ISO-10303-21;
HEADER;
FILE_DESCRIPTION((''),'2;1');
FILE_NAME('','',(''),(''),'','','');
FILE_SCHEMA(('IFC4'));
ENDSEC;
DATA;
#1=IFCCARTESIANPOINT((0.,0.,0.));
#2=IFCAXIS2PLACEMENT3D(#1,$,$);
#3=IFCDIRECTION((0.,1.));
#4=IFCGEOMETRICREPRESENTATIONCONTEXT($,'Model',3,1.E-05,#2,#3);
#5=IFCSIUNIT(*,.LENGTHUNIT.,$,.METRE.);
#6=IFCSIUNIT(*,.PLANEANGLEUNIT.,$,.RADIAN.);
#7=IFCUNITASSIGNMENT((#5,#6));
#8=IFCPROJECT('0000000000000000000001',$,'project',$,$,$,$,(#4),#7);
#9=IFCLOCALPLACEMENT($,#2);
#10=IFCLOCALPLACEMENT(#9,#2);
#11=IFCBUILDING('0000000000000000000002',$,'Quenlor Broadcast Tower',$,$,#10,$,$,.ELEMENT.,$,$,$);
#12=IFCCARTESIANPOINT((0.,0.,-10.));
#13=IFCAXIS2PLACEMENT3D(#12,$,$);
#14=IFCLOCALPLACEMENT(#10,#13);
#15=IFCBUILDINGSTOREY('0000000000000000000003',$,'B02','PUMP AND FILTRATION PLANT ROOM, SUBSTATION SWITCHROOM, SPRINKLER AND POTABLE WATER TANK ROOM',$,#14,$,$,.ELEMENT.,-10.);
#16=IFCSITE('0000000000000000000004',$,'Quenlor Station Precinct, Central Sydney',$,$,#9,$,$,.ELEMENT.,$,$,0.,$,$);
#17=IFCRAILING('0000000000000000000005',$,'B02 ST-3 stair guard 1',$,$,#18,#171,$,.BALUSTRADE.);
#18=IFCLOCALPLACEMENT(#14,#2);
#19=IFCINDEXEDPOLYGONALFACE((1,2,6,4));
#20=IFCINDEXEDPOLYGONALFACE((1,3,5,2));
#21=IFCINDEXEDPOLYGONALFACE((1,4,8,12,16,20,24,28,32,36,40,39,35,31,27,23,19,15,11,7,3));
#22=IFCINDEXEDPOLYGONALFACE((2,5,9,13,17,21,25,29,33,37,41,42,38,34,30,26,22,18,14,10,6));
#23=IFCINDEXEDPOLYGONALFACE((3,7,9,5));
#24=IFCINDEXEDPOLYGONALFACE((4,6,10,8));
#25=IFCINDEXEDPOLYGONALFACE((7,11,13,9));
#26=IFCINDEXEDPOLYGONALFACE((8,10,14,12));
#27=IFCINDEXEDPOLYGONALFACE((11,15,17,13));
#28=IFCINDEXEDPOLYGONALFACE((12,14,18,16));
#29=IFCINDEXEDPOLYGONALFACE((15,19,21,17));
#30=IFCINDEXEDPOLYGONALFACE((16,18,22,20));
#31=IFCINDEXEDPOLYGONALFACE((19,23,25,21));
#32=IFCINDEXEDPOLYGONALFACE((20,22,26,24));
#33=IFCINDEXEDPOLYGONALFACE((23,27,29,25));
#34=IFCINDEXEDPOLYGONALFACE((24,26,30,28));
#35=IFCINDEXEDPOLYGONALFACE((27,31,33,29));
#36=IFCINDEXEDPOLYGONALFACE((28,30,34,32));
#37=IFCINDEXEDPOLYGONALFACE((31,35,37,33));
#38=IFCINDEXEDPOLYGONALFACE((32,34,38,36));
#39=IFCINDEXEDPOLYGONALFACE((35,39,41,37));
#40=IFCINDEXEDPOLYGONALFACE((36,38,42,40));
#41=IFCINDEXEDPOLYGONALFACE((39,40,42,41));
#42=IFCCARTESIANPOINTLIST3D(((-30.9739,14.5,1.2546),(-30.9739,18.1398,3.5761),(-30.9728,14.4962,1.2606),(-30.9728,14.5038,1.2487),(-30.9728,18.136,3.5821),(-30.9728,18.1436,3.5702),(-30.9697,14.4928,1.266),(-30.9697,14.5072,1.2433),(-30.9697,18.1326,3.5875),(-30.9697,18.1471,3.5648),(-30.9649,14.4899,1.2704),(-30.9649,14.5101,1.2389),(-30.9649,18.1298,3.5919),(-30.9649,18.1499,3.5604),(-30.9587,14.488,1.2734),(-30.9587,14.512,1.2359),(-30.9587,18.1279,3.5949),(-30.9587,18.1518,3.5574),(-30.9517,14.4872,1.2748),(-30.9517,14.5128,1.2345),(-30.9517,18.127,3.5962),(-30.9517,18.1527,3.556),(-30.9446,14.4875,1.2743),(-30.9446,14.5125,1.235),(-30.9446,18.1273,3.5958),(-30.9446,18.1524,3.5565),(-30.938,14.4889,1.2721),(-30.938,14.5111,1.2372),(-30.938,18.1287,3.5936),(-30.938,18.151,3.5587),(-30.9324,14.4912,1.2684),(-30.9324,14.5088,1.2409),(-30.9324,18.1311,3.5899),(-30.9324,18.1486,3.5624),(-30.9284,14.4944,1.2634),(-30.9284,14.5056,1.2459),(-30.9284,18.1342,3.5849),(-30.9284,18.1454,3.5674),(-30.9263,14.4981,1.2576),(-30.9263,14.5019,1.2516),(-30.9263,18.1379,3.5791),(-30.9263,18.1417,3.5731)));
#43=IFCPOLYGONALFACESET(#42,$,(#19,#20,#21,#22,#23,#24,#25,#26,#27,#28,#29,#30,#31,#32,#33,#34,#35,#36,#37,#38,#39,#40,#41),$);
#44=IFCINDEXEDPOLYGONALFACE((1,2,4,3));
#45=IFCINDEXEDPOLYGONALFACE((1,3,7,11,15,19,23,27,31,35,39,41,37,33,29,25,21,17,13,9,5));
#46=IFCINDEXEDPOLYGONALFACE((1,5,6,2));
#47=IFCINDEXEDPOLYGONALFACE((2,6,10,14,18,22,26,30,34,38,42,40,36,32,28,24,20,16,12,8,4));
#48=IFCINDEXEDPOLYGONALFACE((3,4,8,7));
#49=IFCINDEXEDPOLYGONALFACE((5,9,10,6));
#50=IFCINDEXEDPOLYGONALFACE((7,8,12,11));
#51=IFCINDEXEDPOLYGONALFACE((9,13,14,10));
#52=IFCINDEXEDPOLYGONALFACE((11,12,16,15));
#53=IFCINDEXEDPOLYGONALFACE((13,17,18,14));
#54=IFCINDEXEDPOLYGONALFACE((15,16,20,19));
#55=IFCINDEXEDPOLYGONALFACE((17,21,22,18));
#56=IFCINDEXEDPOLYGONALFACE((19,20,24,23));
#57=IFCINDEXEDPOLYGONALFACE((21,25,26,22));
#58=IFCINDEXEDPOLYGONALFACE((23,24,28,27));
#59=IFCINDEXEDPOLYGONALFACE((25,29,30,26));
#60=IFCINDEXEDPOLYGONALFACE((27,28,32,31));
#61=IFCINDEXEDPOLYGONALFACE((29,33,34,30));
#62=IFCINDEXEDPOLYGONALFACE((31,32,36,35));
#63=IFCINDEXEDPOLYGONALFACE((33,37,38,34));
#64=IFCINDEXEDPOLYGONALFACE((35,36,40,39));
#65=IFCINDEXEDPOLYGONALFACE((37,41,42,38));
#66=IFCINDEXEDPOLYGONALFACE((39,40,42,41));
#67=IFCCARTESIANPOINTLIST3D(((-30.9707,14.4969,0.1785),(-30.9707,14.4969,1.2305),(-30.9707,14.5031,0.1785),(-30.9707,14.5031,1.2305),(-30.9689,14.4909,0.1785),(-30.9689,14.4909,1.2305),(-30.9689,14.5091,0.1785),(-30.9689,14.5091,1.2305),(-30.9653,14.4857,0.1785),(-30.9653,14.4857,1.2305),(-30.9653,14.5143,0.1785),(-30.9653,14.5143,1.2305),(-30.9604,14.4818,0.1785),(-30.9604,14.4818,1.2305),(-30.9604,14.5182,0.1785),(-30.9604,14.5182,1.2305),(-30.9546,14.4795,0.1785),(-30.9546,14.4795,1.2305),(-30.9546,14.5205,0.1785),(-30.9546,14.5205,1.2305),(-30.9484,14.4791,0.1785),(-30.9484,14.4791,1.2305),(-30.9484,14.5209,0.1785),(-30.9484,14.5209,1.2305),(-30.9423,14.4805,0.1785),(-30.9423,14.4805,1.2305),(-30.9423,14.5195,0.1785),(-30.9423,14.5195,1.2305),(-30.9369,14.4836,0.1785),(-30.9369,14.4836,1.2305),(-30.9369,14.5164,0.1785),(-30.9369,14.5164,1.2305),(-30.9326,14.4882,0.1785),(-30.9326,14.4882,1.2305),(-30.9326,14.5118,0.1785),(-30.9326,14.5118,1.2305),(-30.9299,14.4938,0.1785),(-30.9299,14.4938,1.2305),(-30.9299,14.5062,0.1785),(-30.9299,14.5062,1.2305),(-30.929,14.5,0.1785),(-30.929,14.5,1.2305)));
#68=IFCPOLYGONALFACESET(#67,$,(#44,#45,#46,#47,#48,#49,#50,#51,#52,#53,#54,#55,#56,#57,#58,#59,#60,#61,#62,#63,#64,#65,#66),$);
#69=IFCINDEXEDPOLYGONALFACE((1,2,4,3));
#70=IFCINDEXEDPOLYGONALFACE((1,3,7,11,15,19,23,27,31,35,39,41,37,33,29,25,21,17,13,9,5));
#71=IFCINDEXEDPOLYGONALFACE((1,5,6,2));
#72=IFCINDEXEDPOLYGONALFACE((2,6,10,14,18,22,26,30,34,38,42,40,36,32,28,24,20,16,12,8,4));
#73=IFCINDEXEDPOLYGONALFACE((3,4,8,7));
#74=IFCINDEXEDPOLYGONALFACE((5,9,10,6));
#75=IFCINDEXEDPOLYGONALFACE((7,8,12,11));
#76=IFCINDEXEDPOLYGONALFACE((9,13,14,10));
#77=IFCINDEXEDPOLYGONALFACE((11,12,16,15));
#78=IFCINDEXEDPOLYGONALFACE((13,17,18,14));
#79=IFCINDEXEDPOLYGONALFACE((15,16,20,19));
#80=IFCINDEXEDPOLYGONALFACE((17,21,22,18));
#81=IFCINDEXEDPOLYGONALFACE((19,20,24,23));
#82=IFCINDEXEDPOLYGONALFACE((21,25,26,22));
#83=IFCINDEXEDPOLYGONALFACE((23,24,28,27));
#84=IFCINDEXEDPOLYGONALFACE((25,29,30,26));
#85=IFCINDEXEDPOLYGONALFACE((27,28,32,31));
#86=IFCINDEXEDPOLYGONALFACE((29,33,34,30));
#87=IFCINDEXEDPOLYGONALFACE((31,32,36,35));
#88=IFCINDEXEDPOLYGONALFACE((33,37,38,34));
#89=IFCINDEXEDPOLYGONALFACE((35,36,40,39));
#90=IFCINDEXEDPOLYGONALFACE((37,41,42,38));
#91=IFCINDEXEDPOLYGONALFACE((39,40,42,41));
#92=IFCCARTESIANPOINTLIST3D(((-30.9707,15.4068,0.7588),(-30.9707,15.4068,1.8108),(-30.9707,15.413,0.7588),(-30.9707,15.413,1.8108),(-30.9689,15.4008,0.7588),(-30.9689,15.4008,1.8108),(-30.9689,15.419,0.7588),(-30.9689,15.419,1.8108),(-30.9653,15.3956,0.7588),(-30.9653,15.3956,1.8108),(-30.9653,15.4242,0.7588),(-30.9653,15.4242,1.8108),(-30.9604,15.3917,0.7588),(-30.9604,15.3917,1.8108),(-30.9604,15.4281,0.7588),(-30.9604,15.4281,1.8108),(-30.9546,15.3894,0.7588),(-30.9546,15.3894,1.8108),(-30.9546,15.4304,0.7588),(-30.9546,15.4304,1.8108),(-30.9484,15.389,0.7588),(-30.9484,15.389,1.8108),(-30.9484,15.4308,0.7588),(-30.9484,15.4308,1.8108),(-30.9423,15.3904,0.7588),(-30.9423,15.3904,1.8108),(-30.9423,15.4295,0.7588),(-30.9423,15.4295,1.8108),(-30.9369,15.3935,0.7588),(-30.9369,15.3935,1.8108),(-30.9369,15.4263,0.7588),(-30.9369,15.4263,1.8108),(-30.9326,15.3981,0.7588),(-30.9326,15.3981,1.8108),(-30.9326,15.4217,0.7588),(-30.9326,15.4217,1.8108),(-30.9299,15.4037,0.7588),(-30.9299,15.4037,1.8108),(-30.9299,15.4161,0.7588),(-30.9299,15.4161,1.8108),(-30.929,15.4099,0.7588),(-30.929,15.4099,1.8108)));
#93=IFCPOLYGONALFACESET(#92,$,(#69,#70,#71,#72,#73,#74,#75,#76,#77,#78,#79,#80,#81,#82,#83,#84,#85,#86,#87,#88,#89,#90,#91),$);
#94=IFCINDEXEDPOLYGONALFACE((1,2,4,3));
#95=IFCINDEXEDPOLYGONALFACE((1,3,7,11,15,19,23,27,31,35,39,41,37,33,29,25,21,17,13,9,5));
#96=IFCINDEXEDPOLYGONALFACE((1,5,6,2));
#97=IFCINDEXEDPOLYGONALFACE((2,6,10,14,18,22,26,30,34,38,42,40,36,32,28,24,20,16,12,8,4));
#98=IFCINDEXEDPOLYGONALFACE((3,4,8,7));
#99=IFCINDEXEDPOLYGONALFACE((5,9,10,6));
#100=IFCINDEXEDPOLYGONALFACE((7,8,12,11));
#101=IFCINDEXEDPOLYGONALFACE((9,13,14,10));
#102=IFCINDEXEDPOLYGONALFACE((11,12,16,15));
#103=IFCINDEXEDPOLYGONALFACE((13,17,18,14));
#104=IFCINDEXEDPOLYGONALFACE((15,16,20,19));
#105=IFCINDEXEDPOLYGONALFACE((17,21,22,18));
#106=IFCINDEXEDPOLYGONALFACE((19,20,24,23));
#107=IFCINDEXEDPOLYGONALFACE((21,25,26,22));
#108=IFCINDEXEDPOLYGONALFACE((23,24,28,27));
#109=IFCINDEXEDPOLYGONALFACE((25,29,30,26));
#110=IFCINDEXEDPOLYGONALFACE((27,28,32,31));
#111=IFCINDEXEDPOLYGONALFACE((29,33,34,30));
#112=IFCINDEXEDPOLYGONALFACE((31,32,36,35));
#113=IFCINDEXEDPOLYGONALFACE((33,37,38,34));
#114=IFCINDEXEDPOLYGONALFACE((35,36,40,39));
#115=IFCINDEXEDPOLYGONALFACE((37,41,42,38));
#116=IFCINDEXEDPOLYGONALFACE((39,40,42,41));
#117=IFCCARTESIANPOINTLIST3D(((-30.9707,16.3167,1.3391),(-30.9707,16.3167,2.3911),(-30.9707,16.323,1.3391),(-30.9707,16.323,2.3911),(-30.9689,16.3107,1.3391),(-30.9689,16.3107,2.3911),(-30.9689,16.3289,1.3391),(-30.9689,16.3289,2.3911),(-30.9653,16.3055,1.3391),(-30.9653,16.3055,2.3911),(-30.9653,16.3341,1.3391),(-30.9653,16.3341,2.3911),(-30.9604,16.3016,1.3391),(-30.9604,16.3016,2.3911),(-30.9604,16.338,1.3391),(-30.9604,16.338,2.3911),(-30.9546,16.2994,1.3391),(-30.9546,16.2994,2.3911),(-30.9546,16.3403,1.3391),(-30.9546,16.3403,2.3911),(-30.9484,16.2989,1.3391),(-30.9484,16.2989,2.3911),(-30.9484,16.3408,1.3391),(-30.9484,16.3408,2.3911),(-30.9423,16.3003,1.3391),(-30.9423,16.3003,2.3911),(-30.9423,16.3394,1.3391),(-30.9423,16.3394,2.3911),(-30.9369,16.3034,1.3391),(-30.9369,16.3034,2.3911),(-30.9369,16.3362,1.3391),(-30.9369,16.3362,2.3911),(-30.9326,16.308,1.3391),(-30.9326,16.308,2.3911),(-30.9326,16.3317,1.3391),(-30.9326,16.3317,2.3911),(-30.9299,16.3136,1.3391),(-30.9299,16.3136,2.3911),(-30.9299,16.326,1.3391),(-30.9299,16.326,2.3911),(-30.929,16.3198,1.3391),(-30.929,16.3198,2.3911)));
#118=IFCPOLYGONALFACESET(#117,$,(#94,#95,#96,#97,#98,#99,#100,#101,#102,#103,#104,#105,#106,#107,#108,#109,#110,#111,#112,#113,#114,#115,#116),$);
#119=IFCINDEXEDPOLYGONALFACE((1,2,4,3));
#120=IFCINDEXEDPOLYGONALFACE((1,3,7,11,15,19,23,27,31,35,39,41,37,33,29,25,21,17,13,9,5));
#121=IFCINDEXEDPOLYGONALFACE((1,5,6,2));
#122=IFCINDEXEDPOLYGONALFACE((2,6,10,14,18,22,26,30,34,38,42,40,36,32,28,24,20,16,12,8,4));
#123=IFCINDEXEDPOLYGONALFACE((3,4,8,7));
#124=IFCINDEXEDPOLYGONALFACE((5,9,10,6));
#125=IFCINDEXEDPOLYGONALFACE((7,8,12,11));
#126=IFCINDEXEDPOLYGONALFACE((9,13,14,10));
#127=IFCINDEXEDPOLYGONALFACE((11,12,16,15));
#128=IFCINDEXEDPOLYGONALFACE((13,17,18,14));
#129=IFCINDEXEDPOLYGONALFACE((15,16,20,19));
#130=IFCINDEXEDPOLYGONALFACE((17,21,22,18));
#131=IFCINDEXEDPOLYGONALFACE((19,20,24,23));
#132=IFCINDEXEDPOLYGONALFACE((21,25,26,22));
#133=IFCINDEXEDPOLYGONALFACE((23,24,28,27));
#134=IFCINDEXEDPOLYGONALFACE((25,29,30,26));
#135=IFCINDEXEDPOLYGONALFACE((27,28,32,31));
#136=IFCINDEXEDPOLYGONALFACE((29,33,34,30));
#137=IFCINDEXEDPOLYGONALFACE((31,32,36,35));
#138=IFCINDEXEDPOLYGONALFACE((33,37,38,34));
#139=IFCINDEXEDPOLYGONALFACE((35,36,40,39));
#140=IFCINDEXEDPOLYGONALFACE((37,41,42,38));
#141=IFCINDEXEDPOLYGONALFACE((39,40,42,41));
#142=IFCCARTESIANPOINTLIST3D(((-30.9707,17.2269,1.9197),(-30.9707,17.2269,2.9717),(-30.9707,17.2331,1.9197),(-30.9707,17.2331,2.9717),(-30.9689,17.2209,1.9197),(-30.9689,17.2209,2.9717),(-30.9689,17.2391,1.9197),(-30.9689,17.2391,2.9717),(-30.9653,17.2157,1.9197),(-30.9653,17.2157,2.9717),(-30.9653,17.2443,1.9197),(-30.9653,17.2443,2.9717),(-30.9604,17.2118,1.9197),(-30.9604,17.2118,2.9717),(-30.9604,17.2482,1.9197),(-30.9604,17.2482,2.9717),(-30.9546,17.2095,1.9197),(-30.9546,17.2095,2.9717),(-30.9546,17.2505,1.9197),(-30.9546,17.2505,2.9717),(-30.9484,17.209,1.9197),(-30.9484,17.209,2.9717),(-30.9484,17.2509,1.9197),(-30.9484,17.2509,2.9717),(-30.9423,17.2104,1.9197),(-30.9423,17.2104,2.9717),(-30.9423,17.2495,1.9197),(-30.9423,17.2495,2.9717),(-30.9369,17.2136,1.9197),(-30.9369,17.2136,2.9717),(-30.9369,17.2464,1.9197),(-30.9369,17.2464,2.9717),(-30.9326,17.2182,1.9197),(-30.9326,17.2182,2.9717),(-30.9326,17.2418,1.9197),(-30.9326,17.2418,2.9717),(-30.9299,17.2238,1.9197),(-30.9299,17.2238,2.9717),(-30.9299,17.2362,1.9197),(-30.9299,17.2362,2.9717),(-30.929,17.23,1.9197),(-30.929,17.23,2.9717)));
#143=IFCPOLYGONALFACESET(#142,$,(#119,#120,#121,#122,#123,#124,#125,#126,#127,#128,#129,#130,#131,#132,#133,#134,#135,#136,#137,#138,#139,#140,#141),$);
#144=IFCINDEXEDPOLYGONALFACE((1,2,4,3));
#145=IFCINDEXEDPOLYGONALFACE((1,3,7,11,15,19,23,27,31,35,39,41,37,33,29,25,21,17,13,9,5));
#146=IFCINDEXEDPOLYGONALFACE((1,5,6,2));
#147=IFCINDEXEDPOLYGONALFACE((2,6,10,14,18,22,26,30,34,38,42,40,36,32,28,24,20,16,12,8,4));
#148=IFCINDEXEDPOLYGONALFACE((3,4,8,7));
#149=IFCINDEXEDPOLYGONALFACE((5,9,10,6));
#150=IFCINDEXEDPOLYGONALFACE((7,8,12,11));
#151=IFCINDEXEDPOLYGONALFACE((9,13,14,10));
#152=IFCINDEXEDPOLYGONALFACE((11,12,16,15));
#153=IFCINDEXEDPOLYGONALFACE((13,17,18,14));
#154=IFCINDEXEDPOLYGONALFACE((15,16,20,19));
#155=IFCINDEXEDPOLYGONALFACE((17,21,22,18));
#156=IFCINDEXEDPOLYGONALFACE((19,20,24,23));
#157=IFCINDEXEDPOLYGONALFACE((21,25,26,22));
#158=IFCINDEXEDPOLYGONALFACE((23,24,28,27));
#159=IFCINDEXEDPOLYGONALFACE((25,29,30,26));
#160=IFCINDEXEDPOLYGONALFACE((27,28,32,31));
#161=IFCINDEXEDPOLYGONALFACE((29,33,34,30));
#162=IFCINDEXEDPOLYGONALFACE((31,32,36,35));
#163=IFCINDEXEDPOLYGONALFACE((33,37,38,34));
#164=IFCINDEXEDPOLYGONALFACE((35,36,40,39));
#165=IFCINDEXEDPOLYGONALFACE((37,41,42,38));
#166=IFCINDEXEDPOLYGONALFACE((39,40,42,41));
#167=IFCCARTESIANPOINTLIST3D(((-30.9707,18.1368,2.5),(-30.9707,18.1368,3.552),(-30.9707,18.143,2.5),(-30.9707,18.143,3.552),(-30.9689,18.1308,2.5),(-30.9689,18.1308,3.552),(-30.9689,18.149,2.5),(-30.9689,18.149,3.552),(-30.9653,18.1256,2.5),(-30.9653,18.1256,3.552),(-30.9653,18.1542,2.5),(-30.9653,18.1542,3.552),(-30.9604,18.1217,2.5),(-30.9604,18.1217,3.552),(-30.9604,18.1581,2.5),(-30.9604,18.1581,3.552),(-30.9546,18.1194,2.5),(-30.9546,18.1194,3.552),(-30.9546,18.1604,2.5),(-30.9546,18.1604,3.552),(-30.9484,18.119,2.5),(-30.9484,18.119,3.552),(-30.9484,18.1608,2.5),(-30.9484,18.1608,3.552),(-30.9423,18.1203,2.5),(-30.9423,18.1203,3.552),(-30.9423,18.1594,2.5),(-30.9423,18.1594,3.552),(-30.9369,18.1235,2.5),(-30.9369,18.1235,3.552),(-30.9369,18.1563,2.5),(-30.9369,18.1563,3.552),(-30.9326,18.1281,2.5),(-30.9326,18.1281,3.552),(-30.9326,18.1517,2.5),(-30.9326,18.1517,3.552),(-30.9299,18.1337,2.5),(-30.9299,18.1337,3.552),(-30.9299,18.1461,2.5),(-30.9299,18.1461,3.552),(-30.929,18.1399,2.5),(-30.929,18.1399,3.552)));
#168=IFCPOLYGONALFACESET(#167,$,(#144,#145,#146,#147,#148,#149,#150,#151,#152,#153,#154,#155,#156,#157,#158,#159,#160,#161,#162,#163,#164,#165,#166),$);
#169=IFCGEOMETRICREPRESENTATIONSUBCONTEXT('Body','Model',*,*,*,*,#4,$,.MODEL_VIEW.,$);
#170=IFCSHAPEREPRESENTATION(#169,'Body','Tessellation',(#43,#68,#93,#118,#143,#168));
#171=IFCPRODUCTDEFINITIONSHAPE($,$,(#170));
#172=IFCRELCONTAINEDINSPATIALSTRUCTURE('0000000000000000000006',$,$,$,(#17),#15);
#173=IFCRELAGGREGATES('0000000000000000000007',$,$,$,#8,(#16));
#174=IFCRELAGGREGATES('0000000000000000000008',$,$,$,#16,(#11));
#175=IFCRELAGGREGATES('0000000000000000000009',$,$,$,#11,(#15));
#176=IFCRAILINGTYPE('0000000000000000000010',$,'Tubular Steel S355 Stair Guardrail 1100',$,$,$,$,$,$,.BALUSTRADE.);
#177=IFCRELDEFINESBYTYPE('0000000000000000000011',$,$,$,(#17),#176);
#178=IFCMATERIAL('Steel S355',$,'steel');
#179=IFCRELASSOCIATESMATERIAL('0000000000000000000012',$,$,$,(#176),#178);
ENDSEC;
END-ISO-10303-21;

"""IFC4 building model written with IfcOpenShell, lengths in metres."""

from ifc_helpers import new_model, si_unit, direction, frame, origin, origin_2d, place, context, subcontext, project, spatial, circle, extrude, material, type_object, element, save


model = new_model("IFC4")

# Units and contexts
model_context = context("Model", 3, precision=1e-05, world=origin(), true_north=direction((0.0, 1.0)))
body_context = subcontext(model_context, "Body", "Model", "MODEL_VIEW")
ifc_project = project(units=[si_unit("LENGTHUNIT", "METRE"), si_unit("PLANEANGLEUNIT", "RADIAN")], contexts=[model_context])

# Site, building, storey
site_placement = place(None, origin())
site = spatial("IfcSite", under=ifc_project, at=site_placement, Name="Quenlor Station Precinct, Central Sydney", CompositionType="ELEMENT", RefElevation=0.0)
building_placement = place(site_placement, origin())
building = spatial("IfcBuilding", under=site, at=building_placement, Name="Quenlor Broadcast Tower", CompositionType="ELEMENT")
storey_placement = place(building_placement, frame((0.0, 0.0, -10.0)))
storey = spatial("IfcBuildingStorey", under=building, at=storey_placement, Name="B02", Description="PUMP AND FILTRATION PLANT ROOM, SUBSTATION SWITCHROOM, SPRINKLER AND POTABLE WATER TANK ROOM", CompositionType="ELEMENT", Elevation=-10.0)

# Railing
ifc_material_1 = material(Name="Steel S355", Category="steel")
railing_type_1 = type_object("IfcRailingType", Name="Tubular Steel S355 Stair Guardrail 1100", PredefinedType="BALUSTRADE", material=ifc_material_1)
railing_1_placement = place(storey_placement, frame((-30.95, 14.5, 0.1785)))
element("IfcRailing", 1, at=railing_1_placement, inside=storey, type_object=railing_type_1, Name="B02 ST-3 stair guard 1", PredefinedType="BALUSTRADE", context=body_context, shape_type="SweptSolid", body=[
    extrude(circle(Radius=0.0239, at=origin_2d()), frame((0.0, 0.0, 1.0762), z_axis=(0.0, 0.843112, 0.537739), x_axis=(-1.0, 0.0, 0.0)), (0.0, 0.0, 1.0), 4.3171),
    extrude(circle(Radius=0.021, at=origin_2d()), origin(), (0.0, 0.0, 1.0), 1.052),
    extrude(circle(Radius=0.021, at=origin_2d()), frame((0.0, 0.9099, 0.5803)), (0.0, 0.0, 1.0), 1.052),
    extrude(circle(Radius=0.021, at=origin_2d()), frame((0.0, 1.8198, 1.1606)), (0.0, 0.0, 1.0), 1.052),
    extrude(circle(Radius=0.021, at=origin_2d()), frame((0.0, 2.73, 1.7412)), (0.0, 0.0, 1.0), 1.052),
    extrude(circle(Radius=0.021, at=origin_2d()), frame((0.0, 3.6399, 2.3215)), (0.0, 0.0, 1.0), 1.052),
])

save(model, "model.ifc")
